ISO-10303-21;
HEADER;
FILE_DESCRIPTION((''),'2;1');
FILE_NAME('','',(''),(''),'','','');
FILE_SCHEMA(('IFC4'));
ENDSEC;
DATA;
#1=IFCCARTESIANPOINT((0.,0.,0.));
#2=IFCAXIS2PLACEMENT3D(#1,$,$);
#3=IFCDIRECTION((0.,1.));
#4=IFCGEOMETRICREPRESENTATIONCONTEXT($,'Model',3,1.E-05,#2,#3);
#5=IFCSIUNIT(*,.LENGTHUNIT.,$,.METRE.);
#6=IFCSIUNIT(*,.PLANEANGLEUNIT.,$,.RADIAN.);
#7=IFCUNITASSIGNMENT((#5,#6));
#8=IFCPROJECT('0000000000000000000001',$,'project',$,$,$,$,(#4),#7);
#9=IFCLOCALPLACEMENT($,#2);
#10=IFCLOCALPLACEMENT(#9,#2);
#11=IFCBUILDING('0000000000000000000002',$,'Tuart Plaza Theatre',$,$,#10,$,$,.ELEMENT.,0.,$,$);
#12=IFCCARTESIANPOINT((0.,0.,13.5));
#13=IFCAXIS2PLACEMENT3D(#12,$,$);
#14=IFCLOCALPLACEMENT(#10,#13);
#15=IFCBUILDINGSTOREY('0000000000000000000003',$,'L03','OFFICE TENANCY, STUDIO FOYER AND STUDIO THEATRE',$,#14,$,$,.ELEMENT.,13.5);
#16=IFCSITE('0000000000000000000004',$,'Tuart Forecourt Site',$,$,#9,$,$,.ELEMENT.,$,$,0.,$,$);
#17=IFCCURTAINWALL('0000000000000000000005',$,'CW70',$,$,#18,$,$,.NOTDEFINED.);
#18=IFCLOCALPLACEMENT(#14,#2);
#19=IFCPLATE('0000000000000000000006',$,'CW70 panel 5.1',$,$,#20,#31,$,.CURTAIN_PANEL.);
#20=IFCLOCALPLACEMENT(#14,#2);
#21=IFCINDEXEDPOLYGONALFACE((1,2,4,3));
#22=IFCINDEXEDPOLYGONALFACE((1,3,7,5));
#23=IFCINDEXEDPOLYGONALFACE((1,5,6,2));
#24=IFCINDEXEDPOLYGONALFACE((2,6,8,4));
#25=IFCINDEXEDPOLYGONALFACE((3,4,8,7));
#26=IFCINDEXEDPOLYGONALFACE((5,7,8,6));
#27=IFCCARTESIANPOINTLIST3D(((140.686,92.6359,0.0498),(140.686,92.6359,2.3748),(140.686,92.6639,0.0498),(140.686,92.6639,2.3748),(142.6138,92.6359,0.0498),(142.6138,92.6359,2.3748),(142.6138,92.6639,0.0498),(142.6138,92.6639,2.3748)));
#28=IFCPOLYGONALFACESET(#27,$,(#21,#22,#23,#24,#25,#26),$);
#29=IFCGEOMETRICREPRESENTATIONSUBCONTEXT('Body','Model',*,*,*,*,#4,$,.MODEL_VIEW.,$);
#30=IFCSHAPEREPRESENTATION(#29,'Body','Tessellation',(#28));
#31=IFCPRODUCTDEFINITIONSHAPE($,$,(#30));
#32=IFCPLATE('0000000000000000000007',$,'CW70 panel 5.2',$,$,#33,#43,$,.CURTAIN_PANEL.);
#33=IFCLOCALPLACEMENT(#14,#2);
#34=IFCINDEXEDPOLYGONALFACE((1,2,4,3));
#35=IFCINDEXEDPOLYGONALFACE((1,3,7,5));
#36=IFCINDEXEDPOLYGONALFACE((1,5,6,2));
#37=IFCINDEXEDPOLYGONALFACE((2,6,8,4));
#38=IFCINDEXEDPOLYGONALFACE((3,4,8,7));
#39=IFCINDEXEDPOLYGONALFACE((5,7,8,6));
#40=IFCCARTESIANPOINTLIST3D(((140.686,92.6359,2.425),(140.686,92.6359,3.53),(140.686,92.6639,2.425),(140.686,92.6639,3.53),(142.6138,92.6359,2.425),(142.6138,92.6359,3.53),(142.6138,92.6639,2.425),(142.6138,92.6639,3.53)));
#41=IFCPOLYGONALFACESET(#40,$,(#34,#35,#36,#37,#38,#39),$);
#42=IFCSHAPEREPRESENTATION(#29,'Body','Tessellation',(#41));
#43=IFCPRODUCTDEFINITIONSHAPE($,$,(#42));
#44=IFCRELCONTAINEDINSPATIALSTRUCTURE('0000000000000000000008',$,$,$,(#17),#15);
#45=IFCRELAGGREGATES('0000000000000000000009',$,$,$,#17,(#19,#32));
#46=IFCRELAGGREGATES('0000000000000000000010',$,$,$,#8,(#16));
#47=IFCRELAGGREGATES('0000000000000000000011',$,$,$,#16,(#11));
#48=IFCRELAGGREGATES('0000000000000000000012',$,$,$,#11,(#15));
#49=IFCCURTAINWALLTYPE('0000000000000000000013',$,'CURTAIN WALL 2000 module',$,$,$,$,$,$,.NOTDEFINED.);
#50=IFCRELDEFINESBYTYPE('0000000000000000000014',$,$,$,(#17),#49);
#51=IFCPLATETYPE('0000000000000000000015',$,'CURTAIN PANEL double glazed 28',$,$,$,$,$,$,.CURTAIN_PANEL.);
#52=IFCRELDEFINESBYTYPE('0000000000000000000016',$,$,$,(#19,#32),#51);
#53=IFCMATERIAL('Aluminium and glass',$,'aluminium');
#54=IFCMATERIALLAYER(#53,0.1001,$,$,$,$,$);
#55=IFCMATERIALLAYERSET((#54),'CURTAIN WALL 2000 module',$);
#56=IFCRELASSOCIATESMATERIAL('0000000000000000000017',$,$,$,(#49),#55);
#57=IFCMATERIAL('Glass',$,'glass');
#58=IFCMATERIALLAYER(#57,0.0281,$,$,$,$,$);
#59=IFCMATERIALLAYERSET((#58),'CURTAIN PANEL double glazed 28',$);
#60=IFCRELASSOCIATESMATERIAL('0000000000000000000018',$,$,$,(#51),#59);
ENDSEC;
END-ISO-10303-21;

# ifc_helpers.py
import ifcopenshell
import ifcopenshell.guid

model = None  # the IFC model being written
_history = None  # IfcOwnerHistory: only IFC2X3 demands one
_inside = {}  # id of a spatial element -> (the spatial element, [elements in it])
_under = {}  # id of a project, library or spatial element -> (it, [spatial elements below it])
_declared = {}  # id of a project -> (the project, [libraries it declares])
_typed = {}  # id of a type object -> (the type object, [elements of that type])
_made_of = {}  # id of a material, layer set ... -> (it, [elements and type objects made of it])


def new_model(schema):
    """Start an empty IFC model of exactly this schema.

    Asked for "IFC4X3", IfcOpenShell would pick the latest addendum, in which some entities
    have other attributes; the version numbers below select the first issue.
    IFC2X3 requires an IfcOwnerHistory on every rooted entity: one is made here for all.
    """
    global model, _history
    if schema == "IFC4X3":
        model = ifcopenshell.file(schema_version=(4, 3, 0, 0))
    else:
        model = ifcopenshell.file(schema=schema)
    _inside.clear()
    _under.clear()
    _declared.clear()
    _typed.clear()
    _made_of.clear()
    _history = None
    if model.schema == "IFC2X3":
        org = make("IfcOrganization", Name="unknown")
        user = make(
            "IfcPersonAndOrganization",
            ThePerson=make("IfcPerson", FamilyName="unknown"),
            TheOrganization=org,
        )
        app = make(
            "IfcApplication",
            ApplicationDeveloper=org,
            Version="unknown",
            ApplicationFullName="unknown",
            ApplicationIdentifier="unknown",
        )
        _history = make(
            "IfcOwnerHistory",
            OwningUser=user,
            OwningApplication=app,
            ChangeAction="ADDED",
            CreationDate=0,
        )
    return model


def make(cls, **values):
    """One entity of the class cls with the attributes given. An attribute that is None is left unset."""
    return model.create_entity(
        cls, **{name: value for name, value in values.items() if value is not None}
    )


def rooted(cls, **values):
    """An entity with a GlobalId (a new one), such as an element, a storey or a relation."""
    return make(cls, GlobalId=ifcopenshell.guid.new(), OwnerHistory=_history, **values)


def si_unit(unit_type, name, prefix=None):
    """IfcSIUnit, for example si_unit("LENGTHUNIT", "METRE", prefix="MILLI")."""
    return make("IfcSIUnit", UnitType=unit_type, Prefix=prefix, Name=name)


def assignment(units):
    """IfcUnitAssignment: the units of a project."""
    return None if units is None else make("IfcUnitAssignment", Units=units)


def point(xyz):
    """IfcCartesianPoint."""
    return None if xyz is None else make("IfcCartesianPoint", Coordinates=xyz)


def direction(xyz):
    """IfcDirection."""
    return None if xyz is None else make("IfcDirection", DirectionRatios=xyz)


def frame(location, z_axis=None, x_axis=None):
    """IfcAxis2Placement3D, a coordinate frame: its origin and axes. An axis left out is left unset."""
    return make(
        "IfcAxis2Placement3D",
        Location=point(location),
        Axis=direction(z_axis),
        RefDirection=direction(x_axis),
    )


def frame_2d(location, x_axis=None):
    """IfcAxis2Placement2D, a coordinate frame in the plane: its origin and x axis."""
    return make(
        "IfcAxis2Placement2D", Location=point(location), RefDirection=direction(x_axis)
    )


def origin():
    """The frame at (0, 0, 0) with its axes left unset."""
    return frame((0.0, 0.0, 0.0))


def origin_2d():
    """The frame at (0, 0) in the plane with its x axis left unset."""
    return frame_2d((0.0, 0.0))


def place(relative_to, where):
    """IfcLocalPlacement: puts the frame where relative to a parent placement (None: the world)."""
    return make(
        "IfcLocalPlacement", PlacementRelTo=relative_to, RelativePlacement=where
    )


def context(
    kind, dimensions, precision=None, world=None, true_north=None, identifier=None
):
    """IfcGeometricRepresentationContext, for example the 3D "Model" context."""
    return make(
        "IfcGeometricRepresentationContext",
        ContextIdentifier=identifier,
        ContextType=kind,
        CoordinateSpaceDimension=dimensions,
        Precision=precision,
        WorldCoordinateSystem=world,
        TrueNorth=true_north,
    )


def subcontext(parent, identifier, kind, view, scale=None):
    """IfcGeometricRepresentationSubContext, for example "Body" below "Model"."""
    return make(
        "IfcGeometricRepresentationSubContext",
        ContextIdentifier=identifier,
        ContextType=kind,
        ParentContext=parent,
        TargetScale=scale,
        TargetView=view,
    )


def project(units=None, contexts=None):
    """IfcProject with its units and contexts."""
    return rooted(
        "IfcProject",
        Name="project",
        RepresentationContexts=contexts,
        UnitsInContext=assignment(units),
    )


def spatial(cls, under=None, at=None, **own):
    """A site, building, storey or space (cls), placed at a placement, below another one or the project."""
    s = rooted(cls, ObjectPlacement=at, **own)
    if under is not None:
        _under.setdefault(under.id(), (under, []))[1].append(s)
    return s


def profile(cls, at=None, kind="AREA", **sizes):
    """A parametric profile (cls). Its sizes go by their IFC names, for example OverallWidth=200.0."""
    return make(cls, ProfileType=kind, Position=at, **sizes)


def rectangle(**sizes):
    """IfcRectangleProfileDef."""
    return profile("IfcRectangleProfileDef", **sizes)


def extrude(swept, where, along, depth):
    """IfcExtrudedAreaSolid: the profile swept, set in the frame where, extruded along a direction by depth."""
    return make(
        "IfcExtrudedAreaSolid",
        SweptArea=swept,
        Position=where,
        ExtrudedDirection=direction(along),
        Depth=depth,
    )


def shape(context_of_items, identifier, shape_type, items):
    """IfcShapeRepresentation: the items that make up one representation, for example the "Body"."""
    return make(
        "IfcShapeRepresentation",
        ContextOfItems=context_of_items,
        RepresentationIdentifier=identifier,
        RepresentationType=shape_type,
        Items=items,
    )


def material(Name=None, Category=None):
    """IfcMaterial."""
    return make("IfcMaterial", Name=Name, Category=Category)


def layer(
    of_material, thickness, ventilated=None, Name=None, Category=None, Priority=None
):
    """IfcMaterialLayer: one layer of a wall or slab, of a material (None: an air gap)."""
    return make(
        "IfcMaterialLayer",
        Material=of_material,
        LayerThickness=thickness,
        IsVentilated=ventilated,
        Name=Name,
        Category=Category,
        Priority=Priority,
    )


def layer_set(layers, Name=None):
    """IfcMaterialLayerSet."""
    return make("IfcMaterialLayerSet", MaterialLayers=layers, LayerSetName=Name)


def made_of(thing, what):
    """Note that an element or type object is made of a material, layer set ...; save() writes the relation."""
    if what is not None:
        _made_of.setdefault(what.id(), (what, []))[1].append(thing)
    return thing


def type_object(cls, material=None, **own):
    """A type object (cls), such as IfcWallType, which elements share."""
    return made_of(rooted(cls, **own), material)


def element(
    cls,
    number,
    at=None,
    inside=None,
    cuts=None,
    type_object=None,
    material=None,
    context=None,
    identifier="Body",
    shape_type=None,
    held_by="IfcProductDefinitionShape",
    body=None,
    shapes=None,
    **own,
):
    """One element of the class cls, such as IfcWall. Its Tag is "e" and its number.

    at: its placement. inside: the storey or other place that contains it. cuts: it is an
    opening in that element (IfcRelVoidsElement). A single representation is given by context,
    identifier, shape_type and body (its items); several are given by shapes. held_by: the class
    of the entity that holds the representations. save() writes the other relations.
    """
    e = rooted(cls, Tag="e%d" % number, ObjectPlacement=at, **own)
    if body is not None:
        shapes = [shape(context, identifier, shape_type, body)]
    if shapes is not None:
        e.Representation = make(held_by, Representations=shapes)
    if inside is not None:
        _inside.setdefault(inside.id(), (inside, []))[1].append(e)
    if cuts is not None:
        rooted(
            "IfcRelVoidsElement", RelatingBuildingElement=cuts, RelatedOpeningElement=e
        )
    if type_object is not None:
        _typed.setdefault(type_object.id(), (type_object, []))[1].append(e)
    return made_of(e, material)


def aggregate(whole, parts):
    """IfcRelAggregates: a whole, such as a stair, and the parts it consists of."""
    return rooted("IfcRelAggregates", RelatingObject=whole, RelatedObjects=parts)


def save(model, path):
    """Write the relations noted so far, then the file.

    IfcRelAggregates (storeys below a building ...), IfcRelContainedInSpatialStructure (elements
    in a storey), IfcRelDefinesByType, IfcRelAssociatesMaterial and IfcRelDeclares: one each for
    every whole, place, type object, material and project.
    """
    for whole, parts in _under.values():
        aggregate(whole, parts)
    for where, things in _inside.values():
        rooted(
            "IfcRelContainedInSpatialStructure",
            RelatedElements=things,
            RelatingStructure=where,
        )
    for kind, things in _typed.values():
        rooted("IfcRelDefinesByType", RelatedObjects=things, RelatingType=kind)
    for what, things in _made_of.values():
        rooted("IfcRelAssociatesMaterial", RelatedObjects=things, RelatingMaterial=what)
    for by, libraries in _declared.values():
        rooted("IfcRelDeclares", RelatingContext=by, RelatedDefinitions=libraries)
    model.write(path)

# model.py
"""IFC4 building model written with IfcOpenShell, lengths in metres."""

from ifc_helpers import new_model, si_unit, direction, frame, origin, origin_2d, place, context, subcontext, project, spatial, rectangle, extrude, material, layer, layer_set, type_object, element, aggregate, save


model = new_model("IFC4")

# Units and contexts
model_context = context("Model", 3, precision=1e-05, world=origin(), true_north=direction((0.0, 1.0)))
body_context = subcontext(model_context, "Body", "Model", "MODEL_VIEW")
ifc_project = project(units=[si_unit("LENGTHUNIT", "METRE"), si_unit("PLANEANGLEUNIT", "RADIAN")], contexts=[model_context])

# Site, building, storey
site_placement = place(None, origin())
site = spatial("IfcSite", under=ifc_project, at=site_placement, Name="Tuart Forecourt Site", CompositionType="ELEMENT", RefElevation=0.0)
building_placement = place(site_placement, origin())
building = spatial("IfcBuilding", under=site, at=building_placement, Name="Tuart Plaza Theatre", CompositionType="ELEMENT", ElevationOfRefHeight=0.0)
storey_placement = place(building_placement, frame((0.0, 0.0, 13.5)))
storey = spatial("IfcBuildingStorey", under=building, at=storey_placement, Name="L03", Description="OFFICE TENANCY, STUDIO FOYER AND STUDIO THEATRE", CompositionType="ELEMENT", Elevation=13.5)

# Curtain wall, plates
ifc_material_1 = material(Name="Aluminium and glass", Category="aluminium")
ifc_layer_1 = layer(ifc_material_1, 0.1001)
ifc_layer_set_1 = layer_set([ifc_layer_1], Name="CURTAIN WALL 2000 module")
curtain_wall_type = type_object("IfcCurtainWallType", Name="CURTAIN WALL 2000 module", PredefinedType="NOTDEFINED", material=ifc_layer_set_1)
curtain_wall_placement = place(storey_placement, origin())
curtain_wall = element("IfcCurtainWall", 1, at=curtain_wall_placement, inside=storey, type_object=curtain_wall_type, Name="CW70", PredefinedType="NOTDEFINED")
ifc_material_2 = material(Name="Glass", Category="glass")
ifc_layer_2 = layer(ifc_material_2, 0.0281)
ifc_layer_set_2 = layer_set([ifc_layer_2], Name="CURTAIN PANEL double glazed 28")
plate_type = type_object("IfcPlateType", Name="CURTAIN PANEL double glazed 28", PredefinedType="CURTAIN_PANEL", material=ifc_layer_set_2)
plate_1_placement = place(storey_placement, frame((141.6499, 92.6499, 0.0498), z_axis=(0.0, 0.0, 1.0), x_axis=(-1.0, 0.0, 0.0)))
plate_1 = element("IfcPlate", 2, at=plate_1_placement, type_object=plate_type, Name="CW70 panel 5.1", PredefinedType="CURTAIN_PANEL", context=body_context, shape_type="SweptSolid", body=[
    extrude(rectangle(XDim=1.9277, YDim=0.0281, at=origin_2d()), origin(), (0.0, 0.0, 1.0), 2.325),
])
plate_2_placement = place(storey_placement, frame((141.6499, 92.6499, 2.425), z_axis=(0.0, 0.0, 1.0), x_axis=(-1.0, 0.0, 0.0)))
plate_2 = element("IfcPlate", 3, at=plate_2_placement, type_object=plate_type, Name="CW70 panel 5.2", PredefinedType="CURTAIN_PANEL", context=body_context, shape_type="SweptSolid", body=[
    extrude(rectangle(XDim=1.9277, YDim=0.0281, at=origin_2d()), origin(), (0.0, 0.0, 1.0), 1.105),
])
aggregate(curtain_wall, [plate_1, plate_2])

save(model, "model.ifc")
